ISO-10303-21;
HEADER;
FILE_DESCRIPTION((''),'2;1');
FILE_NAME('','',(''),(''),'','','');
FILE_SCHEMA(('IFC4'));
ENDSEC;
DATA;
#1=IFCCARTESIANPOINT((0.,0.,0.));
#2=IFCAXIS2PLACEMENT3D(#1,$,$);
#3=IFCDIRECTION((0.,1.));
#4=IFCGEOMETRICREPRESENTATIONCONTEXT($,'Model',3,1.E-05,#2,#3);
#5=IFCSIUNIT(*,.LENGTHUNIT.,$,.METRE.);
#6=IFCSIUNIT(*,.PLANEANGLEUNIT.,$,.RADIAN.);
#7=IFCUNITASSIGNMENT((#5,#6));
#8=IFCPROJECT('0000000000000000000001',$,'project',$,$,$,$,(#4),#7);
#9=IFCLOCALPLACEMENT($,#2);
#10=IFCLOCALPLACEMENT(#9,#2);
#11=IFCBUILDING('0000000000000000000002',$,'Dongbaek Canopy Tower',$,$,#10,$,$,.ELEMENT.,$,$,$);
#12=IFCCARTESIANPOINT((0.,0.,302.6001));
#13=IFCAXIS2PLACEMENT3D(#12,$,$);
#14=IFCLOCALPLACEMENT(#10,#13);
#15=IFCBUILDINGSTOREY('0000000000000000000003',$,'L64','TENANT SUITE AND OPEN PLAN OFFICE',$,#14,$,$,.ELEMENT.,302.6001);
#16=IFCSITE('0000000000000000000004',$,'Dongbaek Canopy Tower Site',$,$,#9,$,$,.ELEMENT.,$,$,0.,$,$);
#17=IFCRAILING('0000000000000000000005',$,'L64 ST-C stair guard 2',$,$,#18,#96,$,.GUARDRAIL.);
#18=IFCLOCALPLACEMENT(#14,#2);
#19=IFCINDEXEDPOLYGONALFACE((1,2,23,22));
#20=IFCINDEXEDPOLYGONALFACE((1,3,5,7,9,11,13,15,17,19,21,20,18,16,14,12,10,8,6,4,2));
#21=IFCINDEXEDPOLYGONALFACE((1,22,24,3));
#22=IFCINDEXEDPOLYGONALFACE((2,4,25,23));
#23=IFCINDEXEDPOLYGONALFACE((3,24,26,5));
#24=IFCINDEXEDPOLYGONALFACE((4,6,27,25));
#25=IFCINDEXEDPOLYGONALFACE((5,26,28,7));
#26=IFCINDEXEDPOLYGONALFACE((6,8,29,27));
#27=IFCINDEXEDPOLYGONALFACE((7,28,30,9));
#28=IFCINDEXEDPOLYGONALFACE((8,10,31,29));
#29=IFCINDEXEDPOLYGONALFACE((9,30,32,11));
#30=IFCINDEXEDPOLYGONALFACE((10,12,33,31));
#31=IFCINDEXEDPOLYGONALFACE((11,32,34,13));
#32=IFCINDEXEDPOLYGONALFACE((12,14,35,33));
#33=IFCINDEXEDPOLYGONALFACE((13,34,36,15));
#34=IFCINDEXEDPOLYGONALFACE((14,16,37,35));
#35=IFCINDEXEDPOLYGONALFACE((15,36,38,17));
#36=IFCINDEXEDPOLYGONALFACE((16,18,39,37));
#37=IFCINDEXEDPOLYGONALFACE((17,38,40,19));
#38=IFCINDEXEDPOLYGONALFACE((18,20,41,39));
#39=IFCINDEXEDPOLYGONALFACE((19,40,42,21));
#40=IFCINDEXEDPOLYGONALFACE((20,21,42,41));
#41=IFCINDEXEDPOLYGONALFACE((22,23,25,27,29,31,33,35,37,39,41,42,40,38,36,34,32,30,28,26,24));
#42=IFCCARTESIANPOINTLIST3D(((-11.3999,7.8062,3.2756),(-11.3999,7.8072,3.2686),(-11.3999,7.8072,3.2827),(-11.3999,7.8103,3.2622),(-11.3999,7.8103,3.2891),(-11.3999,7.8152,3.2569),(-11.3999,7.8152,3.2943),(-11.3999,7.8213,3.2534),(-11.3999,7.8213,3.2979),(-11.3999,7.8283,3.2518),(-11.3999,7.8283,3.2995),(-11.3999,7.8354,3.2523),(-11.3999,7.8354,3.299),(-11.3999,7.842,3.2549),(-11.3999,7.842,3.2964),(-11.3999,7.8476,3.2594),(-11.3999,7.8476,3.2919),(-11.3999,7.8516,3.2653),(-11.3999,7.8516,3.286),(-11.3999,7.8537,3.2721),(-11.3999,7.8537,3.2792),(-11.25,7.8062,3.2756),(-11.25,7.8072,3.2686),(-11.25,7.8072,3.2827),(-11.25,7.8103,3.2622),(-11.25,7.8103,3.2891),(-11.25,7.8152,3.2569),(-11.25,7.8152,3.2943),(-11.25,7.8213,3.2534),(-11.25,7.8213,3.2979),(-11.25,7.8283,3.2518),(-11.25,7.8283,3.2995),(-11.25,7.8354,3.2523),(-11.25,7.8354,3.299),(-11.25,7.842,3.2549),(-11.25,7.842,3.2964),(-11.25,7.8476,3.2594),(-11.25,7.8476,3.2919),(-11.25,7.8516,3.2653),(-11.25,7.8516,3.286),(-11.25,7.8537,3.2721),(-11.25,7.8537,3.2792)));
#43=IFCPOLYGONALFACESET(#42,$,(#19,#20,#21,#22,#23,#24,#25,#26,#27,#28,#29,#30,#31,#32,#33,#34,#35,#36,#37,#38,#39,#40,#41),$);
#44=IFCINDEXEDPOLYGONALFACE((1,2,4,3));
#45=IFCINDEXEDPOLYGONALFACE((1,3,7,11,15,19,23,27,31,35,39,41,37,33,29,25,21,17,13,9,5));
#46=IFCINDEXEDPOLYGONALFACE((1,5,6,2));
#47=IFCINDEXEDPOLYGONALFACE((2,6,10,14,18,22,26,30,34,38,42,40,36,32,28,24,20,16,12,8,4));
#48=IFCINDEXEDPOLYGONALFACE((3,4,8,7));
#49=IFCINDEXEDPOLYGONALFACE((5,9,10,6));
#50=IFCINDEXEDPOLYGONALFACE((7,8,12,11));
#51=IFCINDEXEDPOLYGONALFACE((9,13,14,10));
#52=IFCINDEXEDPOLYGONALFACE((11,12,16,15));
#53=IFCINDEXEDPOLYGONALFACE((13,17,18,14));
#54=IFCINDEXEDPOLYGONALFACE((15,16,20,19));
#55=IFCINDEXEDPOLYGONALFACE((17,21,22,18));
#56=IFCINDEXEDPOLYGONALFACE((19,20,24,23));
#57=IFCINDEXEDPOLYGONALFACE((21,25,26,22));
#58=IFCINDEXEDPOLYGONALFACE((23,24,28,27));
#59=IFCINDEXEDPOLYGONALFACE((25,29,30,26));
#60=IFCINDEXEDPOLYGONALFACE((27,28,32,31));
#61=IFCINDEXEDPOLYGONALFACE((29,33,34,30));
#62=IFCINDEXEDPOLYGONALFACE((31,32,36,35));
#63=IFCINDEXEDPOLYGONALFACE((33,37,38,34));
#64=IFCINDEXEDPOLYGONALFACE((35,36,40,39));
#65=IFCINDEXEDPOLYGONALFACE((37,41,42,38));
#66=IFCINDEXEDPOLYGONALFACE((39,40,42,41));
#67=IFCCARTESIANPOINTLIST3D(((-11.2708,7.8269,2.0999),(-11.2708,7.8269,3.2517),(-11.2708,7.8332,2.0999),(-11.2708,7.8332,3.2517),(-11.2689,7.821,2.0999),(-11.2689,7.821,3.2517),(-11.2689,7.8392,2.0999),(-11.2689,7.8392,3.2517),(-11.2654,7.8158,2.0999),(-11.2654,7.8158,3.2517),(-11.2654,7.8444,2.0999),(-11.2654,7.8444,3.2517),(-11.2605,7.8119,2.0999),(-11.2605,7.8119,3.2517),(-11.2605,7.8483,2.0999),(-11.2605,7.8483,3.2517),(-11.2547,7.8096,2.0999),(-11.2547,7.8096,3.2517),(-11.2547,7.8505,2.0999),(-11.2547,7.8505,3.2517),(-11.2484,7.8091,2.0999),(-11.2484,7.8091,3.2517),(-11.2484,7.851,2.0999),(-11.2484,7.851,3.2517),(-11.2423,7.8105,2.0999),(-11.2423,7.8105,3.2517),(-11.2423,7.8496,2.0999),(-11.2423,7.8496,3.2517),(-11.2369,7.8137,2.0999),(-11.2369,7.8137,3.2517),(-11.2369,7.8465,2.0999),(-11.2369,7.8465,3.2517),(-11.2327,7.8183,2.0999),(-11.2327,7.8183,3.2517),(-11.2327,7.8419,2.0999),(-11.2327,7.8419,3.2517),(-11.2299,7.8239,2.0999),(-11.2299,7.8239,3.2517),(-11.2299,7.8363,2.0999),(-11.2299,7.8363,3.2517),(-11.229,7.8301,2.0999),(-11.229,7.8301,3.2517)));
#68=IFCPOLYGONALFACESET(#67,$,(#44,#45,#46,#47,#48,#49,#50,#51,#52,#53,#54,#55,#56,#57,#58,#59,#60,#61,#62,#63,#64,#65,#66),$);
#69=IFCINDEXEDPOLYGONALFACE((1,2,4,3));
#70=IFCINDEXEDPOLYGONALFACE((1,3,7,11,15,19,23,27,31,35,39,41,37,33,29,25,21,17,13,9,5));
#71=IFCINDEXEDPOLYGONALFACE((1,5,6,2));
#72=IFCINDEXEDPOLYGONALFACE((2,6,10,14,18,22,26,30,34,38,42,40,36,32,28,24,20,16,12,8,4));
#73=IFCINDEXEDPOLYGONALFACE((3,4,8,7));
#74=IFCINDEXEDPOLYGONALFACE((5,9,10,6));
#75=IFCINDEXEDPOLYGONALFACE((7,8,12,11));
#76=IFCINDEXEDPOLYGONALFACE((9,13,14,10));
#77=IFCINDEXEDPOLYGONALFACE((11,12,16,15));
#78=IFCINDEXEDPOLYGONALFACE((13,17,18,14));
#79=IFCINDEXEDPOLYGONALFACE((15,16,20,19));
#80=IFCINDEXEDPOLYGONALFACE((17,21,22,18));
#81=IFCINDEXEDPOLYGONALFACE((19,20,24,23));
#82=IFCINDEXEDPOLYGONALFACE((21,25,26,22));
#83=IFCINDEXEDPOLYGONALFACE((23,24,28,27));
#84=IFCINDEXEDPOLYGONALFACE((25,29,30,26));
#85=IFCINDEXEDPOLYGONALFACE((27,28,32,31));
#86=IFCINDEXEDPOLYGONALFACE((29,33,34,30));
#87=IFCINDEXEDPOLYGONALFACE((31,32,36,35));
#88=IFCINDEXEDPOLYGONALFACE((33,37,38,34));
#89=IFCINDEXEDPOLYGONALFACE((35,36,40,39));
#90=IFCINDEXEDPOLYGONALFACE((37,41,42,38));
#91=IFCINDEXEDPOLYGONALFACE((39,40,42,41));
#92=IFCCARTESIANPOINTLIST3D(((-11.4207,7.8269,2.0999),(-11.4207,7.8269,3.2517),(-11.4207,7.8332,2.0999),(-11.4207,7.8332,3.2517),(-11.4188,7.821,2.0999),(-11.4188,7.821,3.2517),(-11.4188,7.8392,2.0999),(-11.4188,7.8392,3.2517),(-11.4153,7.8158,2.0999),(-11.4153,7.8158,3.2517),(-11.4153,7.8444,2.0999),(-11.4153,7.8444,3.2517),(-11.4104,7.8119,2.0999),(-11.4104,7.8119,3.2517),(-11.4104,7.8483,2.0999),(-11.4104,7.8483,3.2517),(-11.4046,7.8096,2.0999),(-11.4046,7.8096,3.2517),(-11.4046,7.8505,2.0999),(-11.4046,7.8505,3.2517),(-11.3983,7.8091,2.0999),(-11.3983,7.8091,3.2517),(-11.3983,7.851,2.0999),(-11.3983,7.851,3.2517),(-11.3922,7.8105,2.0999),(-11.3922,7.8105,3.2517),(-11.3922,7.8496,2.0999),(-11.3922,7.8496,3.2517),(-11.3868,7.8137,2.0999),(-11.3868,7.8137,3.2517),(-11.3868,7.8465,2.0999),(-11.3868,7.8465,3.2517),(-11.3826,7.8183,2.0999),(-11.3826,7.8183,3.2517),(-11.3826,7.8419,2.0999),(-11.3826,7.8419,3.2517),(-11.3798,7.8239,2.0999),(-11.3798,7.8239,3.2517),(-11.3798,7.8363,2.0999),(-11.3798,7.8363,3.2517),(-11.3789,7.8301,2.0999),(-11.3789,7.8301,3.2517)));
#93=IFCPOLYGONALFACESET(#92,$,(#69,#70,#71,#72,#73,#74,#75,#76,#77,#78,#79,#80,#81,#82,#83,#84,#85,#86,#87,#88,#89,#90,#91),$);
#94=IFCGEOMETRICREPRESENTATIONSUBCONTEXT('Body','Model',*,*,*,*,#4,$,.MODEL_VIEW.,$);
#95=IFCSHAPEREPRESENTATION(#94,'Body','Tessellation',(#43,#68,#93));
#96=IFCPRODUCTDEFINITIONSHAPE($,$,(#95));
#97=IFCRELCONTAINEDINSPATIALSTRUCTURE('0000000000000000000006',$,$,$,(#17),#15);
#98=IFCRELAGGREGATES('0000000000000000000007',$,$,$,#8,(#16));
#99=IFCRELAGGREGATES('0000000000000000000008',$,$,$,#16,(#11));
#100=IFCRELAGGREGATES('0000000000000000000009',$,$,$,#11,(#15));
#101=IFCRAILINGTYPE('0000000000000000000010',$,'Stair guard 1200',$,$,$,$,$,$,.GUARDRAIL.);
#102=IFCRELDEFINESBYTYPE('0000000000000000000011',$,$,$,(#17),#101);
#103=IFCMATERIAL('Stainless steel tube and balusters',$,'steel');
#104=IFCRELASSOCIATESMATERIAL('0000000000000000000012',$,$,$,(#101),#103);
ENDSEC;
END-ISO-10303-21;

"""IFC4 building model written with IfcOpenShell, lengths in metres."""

from ifc_helpers import new_model, si_unit, direction, frame, origin, origin_2d, place, context, subcontext, project, spatial, circle, extrude, material, type_object, element, save


model = new_model("IFC4")

# Units and contexts
model_context = context("Model", 3, precision=1e-05, world=origin(), true_north=direction((0.0, 1.0)))
body_context = subcontext(model_context, "Body", "Model", "MODEL_VIEW")
ifc_project = project(units=[si_unit("LENGTHUNIT", "METRE"), si_unit("PLANEANGLEUNIT", "RADIAN")], contexts=[model_context])

# Site, building, storey
site_placement = place(None, origin())
site = spatial("IfcSite", under=ifc_project, at=site_placement, Name="Dongbaek Canopy Tower Site", CompositionType="ELEMENT", RefElevation=0.0)
building_placement = place(site_placement, origin())
building = spatial("IfcBuilding", under=site, at=building_placement, Name="Dongbaek Canopy Tower", CompositionType="ELEMENT")
storey_placement = place(building_placement, frame((0.0, 0.0, 302.6001)))
storey = spatial("IfcBuildingStorey", under=building, at=storey_placement, Name="L64", Description="TENANT SUITE AND OPEN PLAN OFFICE", CompositionType="ELEMENT", Elevation=302.6001)

# Railing
ifc_material_1 = material(Name="Stainless steel tube and balusters", Category="steel")
railing_type_1 = type_object("IfcRailingType", Name="Stair guard 1200", PredefinedType="GUARDRAIL", material=ifc_material_1)
railing_1_placement = place(storey_placement, frame((-11.25, 7.8301, 2.0999)))
element("IfcRailing", 1, at=railing_1_placement, inside=storey, type_object=railing_type_1, Name="L64 ST-C stair guard 2", PredefinedType="GUARDRAIL", context=body_context, shape_type="SweptSolid", body=[
    extrude(circle(Radius=0.0239, at=origin_2d()), frame((0.0, 0.0, 1.1758), z_axis=(-1.0, 0.0, 0.0), x_axis=(0.0, -1.0, 0.0)), (0.0, 0.0, 1.0), 0.1499),
    extrude(circle(Radius=0.021, at=origin_2d()), origin(), (0.0, 0.0, 1.0), 1.1519),
    extrude(circle(Radius=0.021, at=origin_2d()), frame((-0.1499, 0.0, 0.0)), (0.0, 0.0, 1.0), 1.1519),
])

save(model, "model.ifc")
